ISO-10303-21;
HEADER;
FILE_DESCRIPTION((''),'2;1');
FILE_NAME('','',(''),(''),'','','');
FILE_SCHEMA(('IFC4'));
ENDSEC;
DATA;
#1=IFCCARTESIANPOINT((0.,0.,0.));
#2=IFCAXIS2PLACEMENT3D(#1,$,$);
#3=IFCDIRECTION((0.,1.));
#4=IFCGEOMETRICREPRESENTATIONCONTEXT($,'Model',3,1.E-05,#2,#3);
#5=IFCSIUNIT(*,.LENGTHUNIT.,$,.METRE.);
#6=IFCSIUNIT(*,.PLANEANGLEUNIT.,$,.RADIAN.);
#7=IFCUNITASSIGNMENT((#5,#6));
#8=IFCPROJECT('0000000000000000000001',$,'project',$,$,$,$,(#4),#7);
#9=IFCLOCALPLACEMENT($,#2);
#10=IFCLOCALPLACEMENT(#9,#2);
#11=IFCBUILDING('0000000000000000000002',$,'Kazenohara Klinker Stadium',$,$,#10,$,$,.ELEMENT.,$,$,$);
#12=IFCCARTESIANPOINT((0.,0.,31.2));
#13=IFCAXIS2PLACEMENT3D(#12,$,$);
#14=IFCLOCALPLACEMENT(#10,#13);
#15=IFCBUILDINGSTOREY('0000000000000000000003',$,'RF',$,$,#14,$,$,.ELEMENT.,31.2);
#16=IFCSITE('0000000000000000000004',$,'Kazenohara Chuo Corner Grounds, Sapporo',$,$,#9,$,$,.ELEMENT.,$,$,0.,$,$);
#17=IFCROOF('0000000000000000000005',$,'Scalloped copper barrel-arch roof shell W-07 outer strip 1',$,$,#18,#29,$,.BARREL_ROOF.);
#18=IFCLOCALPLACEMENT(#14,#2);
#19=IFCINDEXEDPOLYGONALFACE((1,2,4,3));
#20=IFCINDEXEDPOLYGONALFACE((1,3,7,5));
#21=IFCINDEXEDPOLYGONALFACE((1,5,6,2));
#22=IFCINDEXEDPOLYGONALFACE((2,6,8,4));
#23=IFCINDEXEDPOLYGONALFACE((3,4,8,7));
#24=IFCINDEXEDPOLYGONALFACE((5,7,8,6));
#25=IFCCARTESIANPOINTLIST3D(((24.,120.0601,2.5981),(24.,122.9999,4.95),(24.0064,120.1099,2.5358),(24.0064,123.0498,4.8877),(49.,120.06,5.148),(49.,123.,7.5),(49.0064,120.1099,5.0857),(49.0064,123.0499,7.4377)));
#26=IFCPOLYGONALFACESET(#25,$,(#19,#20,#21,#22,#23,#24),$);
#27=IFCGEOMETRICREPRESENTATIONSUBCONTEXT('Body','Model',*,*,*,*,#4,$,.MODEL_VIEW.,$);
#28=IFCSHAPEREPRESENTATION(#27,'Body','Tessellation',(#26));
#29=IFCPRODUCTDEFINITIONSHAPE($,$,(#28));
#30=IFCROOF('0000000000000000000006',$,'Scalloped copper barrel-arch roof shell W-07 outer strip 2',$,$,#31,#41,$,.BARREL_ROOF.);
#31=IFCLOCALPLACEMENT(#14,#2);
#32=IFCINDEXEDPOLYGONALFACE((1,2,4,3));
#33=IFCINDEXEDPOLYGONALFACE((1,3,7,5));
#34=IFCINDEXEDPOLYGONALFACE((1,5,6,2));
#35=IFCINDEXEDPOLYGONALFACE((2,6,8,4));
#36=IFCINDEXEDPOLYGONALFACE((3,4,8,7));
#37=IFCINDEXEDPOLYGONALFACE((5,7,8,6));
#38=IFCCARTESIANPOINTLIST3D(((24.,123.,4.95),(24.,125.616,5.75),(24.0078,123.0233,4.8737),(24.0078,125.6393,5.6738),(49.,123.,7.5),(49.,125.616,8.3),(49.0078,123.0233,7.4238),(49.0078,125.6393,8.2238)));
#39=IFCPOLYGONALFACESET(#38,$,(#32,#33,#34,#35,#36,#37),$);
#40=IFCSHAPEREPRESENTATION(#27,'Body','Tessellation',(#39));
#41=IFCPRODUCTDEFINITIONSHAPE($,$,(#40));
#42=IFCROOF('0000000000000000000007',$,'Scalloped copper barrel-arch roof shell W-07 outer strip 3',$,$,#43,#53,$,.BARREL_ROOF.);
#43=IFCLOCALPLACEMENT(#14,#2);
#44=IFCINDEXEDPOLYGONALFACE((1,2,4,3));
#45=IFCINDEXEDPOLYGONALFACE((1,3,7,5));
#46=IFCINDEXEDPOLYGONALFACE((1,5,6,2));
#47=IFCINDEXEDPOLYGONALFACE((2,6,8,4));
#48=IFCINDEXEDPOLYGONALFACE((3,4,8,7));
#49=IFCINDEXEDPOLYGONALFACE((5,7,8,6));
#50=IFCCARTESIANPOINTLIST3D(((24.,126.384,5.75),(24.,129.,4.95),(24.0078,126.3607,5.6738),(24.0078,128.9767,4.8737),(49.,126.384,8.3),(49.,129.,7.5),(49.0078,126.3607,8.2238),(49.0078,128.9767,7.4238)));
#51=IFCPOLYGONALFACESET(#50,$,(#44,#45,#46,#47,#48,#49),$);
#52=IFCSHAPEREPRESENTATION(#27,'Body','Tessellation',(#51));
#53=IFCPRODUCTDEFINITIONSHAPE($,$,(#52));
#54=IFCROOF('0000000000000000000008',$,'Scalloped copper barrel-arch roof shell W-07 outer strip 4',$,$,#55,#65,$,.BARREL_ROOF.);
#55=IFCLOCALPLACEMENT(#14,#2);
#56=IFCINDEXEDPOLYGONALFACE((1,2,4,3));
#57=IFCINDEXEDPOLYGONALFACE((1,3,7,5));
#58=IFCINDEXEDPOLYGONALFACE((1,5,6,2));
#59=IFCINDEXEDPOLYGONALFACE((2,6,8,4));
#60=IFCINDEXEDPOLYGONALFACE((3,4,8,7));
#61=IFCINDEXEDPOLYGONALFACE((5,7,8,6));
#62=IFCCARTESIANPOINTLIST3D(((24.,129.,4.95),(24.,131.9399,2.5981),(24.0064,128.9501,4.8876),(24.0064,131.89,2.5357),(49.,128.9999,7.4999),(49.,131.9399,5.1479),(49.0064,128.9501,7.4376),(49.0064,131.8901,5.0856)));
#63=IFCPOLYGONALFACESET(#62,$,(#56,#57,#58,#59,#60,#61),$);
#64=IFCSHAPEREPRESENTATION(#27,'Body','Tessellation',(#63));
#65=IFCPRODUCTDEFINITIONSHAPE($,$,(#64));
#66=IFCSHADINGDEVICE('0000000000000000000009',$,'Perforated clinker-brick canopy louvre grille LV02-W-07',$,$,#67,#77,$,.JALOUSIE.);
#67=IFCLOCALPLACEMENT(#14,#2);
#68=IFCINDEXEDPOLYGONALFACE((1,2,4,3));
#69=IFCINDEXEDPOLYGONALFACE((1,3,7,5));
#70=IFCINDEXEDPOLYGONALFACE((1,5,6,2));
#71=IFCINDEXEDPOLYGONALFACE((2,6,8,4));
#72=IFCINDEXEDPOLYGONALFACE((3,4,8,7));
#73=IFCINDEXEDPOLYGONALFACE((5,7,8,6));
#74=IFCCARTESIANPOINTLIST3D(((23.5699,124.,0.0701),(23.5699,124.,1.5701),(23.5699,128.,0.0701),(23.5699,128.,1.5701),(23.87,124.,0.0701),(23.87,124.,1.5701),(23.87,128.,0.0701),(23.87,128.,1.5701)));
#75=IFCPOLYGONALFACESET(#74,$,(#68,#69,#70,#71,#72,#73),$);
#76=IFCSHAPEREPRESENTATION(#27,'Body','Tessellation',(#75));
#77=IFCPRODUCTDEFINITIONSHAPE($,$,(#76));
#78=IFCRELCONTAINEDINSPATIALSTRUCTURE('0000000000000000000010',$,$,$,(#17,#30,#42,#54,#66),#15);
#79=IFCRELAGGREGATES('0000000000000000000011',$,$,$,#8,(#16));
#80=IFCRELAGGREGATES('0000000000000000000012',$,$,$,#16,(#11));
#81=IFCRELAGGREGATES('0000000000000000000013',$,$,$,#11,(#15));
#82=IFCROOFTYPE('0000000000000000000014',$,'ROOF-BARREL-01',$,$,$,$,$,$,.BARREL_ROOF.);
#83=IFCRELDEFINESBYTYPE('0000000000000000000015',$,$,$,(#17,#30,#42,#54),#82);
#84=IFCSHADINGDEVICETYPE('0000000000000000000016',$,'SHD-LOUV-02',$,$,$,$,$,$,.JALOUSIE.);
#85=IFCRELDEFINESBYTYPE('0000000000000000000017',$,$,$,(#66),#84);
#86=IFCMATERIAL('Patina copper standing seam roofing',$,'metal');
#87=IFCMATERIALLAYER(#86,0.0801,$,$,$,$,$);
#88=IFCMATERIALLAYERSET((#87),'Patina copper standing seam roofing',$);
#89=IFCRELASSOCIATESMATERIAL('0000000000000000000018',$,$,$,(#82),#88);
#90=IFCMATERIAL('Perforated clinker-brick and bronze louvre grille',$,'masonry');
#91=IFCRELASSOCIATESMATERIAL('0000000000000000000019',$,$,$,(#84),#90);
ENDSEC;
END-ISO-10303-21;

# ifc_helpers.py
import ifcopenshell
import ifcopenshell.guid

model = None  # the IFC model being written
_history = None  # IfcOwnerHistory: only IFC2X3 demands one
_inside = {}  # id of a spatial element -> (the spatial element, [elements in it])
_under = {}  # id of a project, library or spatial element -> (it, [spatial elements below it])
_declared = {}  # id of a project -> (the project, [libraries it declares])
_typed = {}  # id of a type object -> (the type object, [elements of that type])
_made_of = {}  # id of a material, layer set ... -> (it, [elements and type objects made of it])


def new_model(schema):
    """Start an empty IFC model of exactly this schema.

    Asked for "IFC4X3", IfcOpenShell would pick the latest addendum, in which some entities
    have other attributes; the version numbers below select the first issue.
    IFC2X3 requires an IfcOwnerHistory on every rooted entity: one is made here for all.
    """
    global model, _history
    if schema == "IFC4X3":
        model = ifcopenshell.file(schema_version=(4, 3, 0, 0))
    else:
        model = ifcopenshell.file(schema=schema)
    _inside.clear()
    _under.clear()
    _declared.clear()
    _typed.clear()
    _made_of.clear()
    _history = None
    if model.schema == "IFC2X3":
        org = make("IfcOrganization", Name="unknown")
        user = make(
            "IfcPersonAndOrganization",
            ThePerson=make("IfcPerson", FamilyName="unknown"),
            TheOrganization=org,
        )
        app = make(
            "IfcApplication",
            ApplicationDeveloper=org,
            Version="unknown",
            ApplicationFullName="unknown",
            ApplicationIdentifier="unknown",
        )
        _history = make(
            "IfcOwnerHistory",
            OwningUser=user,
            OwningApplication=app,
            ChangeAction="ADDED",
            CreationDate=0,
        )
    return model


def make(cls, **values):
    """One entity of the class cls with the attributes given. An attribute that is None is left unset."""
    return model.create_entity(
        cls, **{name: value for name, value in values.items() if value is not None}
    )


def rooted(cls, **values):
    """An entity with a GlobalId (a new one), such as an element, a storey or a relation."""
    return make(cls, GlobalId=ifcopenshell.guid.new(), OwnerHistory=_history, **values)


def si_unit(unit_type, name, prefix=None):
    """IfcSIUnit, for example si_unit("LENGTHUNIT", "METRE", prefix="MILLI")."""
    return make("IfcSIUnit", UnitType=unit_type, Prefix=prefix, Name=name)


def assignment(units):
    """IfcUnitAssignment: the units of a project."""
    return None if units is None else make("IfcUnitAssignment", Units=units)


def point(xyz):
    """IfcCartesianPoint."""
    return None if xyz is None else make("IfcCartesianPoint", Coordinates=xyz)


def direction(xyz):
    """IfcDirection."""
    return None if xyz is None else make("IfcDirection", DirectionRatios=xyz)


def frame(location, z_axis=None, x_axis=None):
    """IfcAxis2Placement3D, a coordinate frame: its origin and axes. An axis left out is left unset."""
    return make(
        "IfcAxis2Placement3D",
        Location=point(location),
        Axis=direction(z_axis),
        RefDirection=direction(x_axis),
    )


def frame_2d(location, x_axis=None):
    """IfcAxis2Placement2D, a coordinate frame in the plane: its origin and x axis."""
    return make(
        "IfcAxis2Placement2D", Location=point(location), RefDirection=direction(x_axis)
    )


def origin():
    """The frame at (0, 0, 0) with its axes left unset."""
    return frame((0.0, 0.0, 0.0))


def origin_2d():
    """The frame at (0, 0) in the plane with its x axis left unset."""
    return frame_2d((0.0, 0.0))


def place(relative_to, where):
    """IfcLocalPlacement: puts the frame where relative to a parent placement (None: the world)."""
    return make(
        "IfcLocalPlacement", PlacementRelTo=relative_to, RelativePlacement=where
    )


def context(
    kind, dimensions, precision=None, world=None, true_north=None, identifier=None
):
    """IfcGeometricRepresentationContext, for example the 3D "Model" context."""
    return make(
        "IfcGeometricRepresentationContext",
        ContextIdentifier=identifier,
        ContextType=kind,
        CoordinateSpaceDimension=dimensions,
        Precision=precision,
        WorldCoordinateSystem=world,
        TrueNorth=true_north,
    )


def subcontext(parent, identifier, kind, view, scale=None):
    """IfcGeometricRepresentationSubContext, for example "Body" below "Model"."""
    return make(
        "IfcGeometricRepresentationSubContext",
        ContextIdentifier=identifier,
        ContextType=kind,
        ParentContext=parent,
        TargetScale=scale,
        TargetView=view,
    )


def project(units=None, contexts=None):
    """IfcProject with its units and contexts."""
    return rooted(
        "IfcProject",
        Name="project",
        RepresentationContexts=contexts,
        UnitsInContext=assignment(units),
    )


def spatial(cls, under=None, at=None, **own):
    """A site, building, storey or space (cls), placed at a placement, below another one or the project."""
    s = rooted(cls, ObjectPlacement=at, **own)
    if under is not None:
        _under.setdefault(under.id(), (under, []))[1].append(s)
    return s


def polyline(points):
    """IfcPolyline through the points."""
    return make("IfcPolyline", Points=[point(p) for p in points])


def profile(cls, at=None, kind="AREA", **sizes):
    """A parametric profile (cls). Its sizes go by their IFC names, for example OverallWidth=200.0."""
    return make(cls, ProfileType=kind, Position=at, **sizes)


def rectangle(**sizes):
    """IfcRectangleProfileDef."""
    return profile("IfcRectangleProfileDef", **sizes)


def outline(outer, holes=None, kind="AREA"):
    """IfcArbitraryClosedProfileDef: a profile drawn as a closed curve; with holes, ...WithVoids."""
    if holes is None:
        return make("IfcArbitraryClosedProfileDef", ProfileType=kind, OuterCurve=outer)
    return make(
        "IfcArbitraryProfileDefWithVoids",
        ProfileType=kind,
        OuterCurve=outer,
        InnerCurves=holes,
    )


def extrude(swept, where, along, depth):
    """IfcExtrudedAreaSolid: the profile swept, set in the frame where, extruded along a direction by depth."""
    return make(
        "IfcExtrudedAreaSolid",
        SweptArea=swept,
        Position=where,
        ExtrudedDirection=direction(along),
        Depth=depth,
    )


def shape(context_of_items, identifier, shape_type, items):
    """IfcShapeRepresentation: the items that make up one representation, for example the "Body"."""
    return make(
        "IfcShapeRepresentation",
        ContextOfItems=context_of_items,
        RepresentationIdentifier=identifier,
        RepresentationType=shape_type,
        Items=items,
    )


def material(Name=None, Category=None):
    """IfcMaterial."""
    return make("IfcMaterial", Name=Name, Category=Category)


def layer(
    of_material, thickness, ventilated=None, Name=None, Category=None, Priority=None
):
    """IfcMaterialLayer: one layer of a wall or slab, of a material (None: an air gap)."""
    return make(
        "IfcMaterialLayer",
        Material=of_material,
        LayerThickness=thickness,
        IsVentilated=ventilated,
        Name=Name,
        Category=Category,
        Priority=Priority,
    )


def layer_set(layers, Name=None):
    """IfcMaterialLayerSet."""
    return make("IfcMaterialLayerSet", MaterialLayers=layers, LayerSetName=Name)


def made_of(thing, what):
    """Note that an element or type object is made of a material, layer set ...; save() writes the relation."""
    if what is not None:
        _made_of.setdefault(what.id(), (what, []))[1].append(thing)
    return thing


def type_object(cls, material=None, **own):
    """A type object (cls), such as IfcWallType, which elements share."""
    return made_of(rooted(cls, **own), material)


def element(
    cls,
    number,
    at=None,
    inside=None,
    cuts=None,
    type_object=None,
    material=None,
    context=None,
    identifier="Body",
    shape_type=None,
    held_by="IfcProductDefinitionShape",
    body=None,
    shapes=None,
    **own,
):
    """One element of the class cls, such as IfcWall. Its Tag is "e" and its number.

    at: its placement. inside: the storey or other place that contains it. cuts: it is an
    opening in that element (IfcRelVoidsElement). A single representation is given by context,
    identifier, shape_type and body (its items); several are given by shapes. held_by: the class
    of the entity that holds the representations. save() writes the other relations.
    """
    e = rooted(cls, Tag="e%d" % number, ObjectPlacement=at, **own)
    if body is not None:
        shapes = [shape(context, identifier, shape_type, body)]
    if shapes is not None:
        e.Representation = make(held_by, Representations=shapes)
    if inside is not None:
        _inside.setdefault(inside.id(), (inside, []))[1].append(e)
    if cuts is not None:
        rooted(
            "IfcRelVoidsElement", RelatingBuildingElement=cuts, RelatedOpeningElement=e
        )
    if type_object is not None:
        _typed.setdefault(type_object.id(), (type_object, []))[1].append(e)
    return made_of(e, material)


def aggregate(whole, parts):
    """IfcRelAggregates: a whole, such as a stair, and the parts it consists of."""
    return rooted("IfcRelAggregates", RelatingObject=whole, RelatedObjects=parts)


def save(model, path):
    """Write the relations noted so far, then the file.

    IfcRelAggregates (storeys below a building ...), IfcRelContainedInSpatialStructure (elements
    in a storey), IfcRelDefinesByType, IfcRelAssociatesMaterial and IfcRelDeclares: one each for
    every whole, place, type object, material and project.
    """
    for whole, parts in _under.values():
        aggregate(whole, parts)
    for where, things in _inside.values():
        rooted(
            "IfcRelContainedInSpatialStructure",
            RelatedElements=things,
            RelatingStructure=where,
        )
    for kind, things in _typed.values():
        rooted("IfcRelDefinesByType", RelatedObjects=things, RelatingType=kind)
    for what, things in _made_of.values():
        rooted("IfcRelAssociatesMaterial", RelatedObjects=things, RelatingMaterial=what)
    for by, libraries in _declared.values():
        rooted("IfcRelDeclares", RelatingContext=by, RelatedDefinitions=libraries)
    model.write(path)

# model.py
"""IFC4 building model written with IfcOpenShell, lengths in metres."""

from ifc_helpers import new_model, si_unit, direction, frame, origin, origin_2d, place, context, subcontext, project, spatial, polyline, rectangle, outline, extrude, material, layer, layer_set, type_object, element, save


model = new_model("IFC4")

# Units and contexts
model_context = context("Model", 3, precision=1e-05, world=origin(), true_north=direction((0.0, 1.0)))
body_context = subcontext(model_context, "Body", "Model", "MODEL_VIEW")
ifc_project = project(units=[si_unit("LENGTHUNIT", "METRE"), si_unit("PLANEANGLEUNIT", "RADIAN")], contexts=[model_context])

# Site, building, storey
site_placement = place(None, origin())
site = spatial("IfcSite", under=ifc_project, at=site_placement, Name="Kazenohara Chuo Corner Grounds, Sapporo", CompositionType="ELEMENT", RefElevation=0.0)
building_placement = place(site_placement, origin())
building = spatial("IfcBuilding", under=site, at=building_placement, Name="Kazenohara Klinker Stadium", CompositionType="ELEMENT")
storey_placement = place(building_placement, frame((0.0, 0.0, 31.2)))
storey = spatial("IfcBuildingStorey", under=building, at=storey_placement, Name="RF", CompositionType="ELEMENT", Elevation=31.2)

# Roofs
ifc_material_1 = material(Name="Patina copper standing seam roofing", Category="metal")
ifc_layer_1 = layer(ifc_material_1, 0.0801)
ifc_layer_set_1 = layer_set([ifc_layer_1], Name="Patina copper standing seam roofing")
roof_type = type_object("IfcRoofType", Name="ROOF-BARREL-01", PredefinedType="BARREL_ROOF", material=ifc_layer_set_1)
roof_1_placement = place(storey_placement, frame((24.0, 120.0601, 2.5981), z_axis=(-0.079395, -0.622719, 0.778407), x_axis=(0.994839, -0.000002, 0.101469)))
element("IfcRoof", 1, at=roof_1_placement, inside=storey, type_object=roof_type, Name="Scalloped copper barrel-arch roof shell W-07 outer strip 1", PredefinedType="BARREL_ROOF", context=body_context, shape_type="SweptSolid", body=[
    extrude(outline(polyline([(0.0, 0.0), (25.1297, 0.0), (25.3683, 3.7575), (0.2386, 3.7573), (0.0, 0.0)])), origin(), (0.0, 0.0, -1.0), 0.0801),
])
roof_2_placement = place(storey_placement, frame((24.0, 123.0, 4.95), z_axis=(-0.097081, -0.29108, 0.95176), x_axis=(0.994838, 0.0, 0.101475)))
element("IfcRoof", 2, at=roof_2_placement, inside=storey, type_object=roof_type, Name="Scalloped copper barrel-arch roof shell W-07 outer strip 2", PredefinedType="BARREL_ROOF", context=body_context, shape_type="SweptSolid", body=[
    extrude(outline(polyline([(0.0, 0.0), (25.1297, 0.0), (25.2109, 2.7344), (0.0812, 2.7344), (0.0, 0.0)])), origin(), (0.0, 0.0, -1.0), 0.0801),
])
roof_3_placement = place(storey_placement, frame((24.0, 126.384, 5.75), z_axis=(-0.097081, 0.29108, 0.95176), x_axis=(0.994838, 0.0, 0.101475)))
element("IfcRoof", 3, at=roof_3_placement, inside=storey, type_object=roof_type, Name="Scalloped copper barrel-arch roof shell W-07 outer strip 3", PredefinedType="BARREL_ROOF", context=body_context, shape_type="SweptSolid", body=[
    extrude(outline(polyline([(0.0, 0.0), (25.1297, 0.0), (25.0485, 2.7344), (-0.0812, 2.7344), (0.0, 0.0)])), origin(), (0.0, 0.0, -1.0), 0.0801),
])
roof_4_placement = place(storey_placement, frame((24.0, 129.0, 4.95), z_axis=(-0.079395, 0.622719, 0.778407), x_axis=(0.994838, -0.000002, 0.101472)))
element("IfcRoof", 4, at=roof_4_placement, inside=storey, type_object=roof_type, Name="Scalloped copper barrel-arch roof shell W-07 outer strip 4", PredefinedType="BARREL_ROOF", context=body_context, shape_type="SweptSolid", body=[
    extrude(outline(polyline([(0.0, 0.0), (25.1297, 0.0), (24.891, 3.7575), (-0.2387, 3.7573), (0.0, 0.0)])), origin(), (0.0, 0.0, -1.0), 0.0801),
])

# Shading device
ifc_material_2 = material(Name="Perforated clinker-brick and bronze louvre grille", Category="masonry")
shading_device_type = type_object("IfcShadingDeviceType", Name="SHD-LOUV-02", PredefinedType="JALOUSIE", material=ifc_material_2)
shading_device_placement = place(storey_placement, frame((23.72, 126.0, 0.0701), z_axis=(0.0, 0.0, 1.0), x_axis=(0.0, 1.0, 0.0)))
element("IfcShadingDevice", 5, at=shading_device_placement, inside=storey, type_object=shading_device_type, Name="Perforated clinker-brick canopy louvre grille LV02-W-07", PredefinedType="JALOUSIE", context=body_context, shape_type="SweptSolid", body=[
    extrude(rectangle(XDim=4.0, YDim=0.3, at=origin_2d()), origin(), (0.0, 0.0, 1.0), 1.5),
])

save(model, "model.ifc")
